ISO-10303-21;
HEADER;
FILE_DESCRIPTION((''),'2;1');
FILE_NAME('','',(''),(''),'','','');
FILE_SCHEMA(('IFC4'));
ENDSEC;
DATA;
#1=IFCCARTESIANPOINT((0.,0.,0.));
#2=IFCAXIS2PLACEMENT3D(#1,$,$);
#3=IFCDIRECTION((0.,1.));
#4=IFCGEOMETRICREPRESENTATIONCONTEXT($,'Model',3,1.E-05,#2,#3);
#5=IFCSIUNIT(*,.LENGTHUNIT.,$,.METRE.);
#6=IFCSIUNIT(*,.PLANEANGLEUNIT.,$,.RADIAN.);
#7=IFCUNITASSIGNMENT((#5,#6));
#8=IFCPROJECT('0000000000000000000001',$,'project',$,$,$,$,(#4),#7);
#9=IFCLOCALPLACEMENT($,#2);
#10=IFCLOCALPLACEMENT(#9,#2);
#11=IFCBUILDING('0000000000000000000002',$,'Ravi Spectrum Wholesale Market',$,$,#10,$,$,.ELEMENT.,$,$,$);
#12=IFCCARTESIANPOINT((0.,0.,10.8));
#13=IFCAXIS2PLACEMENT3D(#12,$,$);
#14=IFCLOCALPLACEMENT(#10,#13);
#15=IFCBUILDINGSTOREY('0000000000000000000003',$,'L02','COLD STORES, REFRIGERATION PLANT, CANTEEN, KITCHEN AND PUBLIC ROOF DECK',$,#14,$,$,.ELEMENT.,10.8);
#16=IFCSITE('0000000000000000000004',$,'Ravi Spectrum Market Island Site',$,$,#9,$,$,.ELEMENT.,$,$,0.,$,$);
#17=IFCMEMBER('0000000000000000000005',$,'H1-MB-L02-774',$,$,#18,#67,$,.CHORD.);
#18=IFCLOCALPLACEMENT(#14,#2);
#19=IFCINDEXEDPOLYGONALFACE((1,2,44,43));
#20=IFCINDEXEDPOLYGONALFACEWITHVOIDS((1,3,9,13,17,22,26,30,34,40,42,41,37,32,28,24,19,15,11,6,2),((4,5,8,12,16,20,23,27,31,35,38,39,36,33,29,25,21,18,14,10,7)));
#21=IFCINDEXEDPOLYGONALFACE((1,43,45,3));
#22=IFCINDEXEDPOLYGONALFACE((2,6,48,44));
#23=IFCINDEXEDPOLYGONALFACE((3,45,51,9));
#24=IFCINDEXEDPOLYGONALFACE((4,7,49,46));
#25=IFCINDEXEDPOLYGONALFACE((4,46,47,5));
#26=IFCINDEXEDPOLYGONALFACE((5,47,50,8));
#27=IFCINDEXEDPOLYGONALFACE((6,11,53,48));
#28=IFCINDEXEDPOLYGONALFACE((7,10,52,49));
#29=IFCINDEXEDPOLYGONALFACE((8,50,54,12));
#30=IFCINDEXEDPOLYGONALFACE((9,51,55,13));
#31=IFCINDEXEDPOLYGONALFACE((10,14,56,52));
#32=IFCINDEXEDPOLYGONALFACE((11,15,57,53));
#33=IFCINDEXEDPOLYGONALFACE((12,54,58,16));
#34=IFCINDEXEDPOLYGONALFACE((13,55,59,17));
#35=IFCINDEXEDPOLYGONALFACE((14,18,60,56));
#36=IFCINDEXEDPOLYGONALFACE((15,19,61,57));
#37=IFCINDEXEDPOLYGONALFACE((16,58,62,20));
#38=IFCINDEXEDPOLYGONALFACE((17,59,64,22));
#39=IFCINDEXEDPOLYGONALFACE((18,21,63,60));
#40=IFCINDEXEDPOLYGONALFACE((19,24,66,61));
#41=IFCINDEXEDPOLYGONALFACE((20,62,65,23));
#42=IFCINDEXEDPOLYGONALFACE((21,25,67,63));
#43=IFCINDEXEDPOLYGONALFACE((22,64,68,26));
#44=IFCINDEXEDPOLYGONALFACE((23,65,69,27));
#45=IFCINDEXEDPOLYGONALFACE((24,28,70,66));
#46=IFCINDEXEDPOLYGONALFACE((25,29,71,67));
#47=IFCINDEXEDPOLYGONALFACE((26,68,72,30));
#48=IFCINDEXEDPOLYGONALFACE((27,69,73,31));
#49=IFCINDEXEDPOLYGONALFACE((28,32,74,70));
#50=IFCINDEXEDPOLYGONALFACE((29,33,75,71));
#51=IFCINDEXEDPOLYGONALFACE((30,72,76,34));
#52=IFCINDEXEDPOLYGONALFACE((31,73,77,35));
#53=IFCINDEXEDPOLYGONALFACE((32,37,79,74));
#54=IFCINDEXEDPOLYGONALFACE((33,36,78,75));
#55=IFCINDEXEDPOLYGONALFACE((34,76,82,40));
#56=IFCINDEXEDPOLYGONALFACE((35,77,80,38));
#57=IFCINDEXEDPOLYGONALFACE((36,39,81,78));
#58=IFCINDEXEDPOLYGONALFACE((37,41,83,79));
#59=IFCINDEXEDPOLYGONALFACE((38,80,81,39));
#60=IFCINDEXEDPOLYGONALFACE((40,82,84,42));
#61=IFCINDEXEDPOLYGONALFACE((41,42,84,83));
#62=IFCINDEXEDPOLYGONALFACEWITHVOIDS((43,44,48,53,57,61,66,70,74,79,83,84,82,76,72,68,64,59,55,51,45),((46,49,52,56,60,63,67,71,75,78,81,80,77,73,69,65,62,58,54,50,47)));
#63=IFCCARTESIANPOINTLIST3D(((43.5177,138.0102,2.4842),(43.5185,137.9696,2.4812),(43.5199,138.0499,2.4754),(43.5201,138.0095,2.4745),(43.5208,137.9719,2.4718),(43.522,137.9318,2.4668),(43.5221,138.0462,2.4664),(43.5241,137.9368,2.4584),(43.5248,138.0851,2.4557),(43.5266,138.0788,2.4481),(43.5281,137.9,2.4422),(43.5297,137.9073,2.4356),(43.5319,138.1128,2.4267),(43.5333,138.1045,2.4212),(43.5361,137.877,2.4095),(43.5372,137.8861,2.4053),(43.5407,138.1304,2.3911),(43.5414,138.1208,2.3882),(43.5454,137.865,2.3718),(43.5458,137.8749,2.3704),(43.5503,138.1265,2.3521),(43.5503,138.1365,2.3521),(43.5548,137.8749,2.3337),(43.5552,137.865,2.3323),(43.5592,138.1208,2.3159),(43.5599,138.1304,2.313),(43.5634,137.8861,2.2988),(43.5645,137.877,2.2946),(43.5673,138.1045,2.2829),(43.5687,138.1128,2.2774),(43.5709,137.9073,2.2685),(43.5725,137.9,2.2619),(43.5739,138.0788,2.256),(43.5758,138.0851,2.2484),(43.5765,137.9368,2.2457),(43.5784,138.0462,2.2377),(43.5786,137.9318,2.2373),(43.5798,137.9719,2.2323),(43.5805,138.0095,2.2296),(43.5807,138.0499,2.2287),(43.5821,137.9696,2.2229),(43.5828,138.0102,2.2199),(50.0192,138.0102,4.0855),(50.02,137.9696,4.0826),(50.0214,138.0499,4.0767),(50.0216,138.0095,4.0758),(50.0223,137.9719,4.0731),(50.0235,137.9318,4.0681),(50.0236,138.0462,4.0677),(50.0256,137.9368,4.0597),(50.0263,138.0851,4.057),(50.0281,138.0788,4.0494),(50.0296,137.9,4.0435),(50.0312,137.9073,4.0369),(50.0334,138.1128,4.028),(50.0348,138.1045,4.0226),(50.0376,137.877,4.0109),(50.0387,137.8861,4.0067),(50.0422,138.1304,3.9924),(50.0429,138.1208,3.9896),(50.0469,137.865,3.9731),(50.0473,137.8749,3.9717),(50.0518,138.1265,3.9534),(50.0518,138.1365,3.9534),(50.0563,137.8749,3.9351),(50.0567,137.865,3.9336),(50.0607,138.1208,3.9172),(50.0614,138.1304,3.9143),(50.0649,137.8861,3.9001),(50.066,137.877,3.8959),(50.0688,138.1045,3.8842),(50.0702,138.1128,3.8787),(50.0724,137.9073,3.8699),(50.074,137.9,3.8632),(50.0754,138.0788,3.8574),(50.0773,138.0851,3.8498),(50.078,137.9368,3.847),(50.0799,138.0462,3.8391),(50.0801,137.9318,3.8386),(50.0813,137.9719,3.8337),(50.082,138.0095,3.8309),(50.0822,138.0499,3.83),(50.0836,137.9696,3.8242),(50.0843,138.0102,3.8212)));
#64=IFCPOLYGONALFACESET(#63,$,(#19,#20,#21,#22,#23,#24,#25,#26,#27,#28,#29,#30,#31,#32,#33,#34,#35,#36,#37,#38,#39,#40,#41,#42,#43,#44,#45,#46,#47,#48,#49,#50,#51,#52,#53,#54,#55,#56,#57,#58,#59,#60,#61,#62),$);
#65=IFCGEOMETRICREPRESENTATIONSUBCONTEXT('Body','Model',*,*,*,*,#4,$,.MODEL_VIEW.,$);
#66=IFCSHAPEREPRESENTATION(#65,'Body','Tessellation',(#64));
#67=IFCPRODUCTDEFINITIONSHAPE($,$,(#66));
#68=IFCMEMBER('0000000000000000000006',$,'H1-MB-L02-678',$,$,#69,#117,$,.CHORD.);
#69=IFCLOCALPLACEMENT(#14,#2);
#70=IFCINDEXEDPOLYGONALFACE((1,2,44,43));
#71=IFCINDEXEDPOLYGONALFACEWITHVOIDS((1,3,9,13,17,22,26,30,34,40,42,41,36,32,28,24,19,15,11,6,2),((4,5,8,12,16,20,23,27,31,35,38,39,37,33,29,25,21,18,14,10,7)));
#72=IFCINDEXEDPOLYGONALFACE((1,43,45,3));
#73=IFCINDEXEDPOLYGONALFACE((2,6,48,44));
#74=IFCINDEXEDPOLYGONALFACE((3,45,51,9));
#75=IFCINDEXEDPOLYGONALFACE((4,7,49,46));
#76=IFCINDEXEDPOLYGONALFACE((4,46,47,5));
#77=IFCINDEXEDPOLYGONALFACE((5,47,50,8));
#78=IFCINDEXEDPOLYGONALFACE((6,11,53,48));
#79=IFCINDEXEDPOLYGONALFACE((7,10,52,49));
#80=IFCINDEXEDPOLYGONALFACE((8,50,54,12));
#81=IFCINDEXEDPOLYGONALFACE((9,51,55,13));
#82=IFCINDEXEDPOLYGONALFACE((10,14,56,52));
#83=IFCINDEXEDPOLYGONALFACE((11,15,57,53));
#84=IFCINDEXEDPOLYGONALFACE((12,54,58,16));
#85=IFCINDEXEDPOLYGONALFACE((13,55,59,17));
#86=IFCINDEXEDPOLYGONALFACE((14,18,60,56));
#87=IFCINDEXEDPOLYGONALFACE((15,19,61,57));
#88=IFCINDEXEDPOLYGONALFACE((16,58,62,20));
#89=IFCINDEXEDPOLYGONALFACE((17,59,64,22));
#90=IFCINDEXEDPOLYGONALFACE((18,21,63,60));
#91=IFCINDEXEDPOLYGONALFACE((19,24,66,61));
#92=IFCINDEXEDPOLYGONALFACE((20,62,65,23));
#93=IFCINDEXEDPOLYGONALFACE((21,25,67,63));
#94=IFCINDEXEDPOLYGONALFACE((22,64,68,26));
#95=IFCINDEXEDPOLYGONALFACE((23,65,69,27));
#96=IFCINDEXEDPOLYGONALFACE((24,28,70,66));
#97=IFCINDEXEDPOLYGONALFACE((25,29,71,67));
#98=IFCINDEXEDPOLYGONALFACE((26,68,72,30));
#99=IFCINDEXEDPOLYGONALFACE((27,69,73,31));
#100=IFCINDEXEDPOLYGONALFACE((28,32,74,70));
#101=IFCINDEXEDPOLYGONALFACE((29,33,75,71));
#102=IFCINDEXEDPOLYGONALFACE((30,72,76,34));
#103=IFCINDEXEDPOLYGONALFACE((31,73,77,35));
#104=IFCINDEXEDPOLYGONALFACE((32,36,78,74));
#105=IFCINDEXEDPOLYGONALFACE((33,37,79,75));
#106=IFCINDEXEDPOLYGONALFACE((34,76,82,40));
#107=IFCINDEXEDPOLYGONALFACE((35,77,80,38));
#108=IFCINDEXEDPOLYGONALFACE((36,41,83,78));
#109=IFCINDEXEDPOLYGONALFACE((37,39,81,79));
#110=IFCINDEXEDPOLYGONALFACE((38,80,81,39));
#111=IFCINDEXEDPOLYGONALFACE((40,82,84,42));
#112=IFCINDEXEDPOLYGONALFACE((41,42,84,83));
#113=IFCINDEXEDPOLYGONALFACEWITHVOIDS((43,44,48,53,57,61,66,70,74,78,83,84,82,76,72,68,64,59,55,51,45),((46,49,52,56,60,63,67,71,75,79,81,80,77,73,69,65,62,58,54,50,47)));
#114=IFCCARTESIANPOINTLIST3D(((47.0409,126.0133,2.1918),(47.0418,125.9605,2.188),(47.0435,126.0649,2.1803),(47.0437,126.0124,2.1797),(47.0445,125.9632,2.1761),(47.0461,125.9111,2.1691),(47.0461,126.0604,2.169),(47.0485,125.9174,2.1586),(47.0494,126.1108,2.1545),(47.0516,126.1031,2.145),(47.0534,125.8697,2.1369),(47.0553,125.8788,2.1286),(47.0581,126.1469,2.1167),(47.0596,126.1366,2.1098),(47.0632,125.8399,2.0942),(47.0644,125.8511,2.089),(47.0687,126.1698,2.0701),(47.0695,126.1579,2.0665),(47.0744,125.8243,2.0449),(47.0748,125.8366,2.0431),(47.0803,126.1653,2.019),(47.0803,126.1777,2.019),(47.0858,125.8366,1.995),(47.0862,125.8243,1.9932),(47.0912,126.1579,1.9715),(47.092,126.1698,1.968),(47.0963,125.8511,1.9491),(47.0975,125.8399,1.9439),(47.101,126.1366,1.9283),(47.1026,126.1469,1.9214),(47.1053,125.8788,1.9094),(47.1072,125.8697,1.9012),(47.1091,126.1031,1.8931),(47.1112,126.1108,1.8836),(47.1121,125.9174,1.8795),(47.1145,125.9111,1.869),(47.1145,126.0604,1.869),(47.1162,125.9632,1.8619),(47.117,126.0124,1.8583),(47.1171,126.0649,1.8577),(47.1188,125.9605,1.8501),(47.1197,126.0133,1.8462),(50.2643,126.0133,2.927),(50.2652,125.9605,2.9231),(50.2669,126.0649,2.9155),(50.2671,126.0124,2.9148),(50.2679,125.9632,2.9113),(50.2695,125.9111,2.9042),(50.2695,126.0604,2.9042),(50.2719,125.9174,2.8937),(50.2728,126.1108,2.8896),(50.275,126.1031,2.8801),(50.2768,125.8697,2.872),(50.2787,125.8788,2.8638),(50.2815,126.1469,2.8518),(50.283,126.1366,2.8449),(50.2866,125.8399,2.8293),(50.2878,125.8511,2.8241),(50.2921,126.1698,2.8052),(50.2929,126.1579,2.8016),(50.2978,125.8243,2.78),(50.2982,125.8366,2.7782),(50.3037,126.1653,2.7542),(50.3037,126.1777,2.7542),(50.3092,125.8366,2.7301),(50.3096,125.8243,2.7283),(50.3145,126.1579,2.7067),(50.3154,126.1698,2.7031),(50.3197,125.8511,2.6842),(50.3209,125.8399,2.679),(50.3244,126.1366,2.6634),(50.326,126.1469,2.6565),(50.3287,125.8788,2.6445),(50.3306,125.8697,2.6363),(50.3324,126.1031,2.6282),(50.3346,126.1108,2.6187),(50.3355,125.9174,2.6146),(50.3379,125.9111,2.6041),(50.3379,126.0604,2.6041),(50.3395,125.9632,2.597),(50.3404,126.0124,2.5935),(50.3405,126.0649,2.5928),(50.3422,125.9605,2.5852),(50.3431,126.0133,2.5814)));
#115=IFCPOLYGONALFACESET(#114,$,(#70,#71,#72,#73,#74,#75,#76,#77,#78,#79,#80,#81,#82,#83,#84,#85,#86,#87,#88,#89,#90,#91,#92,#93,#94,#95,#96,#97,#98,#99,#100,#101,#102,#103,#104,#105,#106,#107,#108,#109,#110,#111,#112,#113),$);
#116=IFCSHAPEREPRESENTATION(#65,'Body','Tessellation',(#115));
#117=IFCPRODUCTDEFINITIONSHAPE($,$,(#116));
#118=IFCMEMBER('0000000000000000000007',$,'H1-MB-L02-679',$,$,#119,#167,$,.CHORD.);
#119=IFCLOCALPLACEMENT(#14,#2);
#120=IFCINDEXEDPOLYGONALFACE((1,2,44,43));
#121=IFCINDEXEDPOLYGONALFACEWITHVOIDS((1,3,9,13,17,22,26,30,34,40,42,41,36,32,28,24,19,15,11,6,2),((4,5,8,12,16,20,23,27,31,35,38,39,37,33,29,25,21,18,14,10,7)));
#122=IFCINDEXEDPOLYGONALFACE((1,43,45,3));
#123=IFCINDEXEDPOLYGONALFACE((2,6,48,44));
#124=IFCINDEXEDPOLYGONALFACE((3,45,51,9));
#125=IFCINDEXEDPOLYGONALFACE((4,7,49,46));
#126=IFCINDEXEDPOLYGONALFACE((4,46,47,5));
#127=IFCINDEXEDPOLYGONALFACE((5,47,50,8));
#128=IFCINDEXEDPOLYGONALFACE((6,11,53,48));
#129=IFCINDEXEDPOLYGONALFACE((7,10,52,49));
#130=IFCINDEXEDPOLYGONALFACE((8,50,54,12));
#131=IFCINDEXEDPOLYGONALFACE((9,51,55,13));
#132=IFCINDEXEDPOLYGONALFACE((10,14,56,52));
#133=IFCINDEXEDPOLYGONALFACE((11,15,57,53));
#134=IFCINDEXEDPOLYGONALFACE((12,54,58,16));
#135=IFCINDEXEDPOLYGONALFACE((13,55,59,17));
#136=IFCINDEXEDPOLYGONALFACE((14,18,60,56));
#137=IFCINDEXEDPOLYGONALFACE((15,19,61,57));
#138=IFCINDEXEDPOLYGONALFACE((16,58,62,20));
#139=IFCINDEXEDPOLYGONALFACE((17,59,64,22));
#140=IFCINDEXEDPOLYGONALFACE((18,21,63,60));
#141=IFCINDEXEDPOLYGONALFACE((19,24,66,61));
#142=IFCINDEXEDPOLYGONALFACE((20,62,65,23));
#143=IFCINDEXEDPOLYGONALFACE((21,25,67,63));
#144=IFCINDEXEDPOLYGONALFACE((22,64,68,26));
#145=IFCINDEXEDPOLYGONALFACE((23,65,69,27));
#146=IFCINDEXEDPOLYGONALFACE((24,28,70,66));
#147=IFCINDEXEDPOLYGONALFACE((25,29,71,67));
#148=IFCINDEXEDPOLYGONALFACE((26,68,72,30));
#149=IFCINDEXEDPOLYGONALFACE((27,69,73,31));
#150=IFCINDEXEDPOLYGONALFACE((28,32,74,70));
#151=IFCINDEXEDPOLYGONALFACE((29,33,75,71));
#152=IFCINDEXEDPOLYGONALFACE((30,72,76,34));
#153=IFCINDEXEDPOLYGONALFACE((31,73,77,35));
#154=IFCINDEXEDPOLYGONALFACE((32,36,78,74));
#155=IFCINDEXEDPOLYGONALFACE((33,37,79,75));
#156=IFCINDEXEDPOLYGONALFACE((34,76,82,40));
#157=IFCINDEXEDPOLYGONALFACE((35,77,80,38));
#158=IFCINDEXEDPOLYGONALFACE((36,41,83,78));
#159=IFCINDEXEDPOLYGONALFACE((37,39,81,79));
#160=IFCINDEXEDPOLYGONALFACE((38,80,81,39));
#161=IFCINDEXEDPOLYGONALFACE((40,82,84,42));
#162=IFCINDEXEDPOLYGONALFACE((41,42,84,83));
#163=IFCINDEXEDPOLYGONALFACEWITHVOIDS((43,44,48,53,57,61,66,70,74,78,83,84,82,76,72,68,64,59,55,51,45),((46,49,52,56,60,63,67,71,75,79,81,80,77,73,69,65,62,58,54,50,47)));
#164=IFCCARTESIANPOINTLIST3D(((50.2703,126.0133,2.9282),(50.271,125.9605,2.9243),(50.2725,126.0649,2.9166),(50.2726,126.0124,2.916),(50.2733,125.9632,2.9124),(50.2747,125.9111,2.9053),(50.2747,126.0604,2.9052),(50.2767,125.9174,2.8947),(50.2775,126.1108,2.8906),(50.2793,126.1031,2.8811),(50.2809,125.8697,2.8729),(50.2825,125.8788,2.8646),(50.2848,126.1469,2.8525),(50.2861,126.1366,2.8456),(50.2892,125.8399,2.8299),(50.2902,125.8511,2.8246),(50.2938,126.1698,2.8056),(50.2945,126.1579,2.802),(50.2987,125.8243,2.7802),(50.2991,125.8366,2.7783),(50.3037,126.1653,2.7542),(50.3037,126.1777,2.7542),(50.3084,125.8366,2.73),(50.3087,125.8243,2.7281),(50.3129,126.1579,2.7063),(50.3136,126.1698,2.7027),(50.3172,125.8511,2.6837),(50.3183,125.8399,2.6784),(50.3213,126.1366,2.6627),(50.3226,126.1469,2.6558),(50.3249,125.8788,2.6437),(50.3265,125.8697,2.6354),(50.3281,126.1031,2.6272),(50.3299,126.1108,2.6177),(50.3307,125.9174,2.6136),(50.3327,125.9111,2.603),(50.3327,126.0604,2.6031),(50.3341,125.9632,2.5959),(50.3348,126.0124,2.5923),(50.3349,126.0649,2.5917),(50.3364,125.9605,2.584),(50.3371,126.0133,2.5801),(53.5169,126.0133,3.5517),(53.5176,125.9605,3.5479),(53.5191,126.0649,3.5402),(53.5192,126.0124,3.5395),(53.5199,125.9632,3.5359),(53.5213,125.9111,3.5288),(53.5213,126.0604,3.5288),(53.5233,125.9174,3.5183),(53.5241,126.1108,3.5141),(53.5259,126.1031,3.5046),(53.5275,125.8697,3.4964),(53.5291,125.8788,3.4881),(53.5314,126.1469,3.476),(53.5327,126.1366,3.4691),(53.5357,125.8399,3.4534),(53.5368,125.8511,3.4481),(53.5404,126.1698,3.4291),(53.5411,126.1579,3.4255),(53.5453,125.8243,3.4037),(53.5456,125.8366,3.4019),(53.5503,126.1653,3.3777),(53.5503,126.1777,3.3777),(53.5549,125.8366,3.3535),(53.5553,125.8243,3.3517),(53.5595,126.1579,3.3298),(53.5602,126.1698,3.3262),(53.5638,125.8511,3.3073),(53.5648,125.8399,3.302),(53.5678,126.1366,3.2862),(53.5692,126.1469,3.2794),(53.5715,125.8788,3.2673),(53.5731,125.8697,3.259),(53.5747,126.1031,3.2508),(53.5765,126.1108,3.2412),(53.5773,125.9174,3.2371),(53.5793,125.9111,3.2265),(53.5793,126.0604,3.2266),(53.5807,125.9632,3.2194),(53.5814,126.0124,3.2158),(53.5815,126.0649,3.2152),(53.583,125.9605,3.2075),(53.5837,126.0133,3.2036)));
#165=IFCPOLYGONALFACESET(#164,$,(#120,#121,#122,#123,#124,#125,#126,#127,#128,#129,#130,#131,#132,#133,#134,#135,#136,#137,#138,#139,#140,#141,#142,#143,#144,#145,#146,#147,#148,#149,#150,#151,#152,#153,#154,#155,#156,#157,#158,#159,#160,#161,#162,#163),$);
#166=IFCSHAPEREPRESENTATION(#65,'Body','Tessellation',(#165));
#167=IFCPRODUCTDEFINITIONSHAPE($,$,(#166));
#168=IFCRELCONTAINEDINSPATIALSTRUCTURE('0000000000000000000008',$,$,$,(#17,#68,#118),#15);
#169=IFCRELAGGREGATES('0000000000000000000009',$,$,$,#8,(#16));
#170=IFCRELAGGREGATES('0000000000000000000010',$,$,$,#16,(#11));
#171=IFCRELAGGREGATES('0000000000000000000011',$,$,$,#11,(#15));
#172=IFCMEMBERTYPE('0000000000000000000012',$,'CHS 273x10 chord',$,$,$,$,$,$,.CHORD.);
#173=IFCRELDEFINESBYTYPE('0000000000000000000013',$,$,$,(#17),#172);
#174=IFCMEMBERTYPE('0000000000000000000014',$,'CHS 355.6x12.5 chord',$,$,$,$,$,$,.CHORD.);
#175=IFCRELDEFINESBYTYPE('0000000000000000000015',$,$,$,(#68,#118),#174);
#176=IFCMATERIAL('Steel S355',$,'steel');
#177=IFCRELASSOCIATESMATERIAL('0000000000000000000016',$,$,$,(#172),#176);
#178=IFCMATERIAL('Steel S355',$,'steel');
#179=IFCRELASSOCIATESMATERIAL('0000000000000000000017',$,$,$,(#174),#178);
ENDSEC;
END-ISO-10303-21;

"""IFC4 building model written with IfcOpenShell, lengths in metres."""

from ifc_helpers import new_model, si_unit, direction, frame, origin, origin_2d, place, context, subcontext, project, spatial, hollow_circle, extrude, material, material_profile, profile_set, type_object, element, save


model = new_model("IFC4")

# Units and contexts
model_context = context("Model", 3, precision=1e-05, world=origin(), true_north=direction((0.0, 1.0)))
body_context = subcontext(model_context, "Body", "Model", "MODEL_VIEW")
ifc_project = project(units=[si_unit("LENGTHUNIT", "METRE"), si_unit("PLANEANGLEUNIT", "RADIAN")], contexts=[model_context])

# Site, building, storey
site_placement = place(None, origin())
site = spatial("IfcSite", under=ifc_project, at=site_placement, Name="Ravi Spectrum Market Island Site", CompositionType="ELEMENT", RefElevation=0.0)
building_placement = place(site_placement, origin())
building = spatial("IfcBuilding", under=site, at=building_placement, Name="Ravi Spectrum Wholesale Market", CompositionType="ELEMENT")
storey_placement = place(building_placement, frame((0.0, 0.0, 10.8)))
storey = spatial("IfcBuildingStorey", under=building, at=storey_placement, Name="L02", Description="COLD STORES, REFRIGERATION PLANT, CANTEEN, KITCHEN AND PUBLIC ROOF DECK", CompositionType="ELEMENT", Elevation=10.8)

# Members
ifc_material_1 = material(Name="Steel S355", Category="steel")
ifc_material_profile_1 = material_profile(ifc_material_1, hollow_circle(Radius=0.1365, WallThickness=0.01, at=origin_2d()))
ifc_profile_set_1 = profile_set([ifc_material_profile_1], Name="Steel S355")
member_type_1 = type_object("IfcMemberType", Name="CHS 273x10 chord", PredefinedType="CHORD", material=ifc_profile_set_1)
member_1_placement = place(storey_placement, frame((43.5503, 138.0, 2.3521), z_axis=(0.970982, 0.0, 0.239154), x_axis=(0.0, 1.0, 0.0)))
element("IfcMember", 1, at=member_1_placement, inside=storey, type_object=member_type_1, Name="H1-MB-L02-774", PredefinedType="CHORD", context=body_context, shape_type="SweptSolid", body=[
    extrude(hollow_circle(Radius=0.1365, WallThickness=0.01, at=origin_2d()), origin(), (0.0, 0.0, 1.0), 6.6958),
])
ifc_material_2 = material(Name="Steel S355", Category="steel")
ifc_material_profile_2 = material_profile(ifc_material_2, hollow_circle(Radius=0.1777, WallThickness=0.0125, at=origin_2d()))
ifc_profile_set_2 = profile_set([ifc_material_profile_2], Name="Steel S355")
member_type_2 = type_object("IfcMemberType", Name="CHS 355.6x12.5 chord", PredefinedType="CHORD", material=ifc_profile_set_2)
member_2_placement = place(storey_placement, frame((47.0803, 126.0, 2.019), z_axis=(0.974968, 0.0, 0.222346), x_axis=(0.0, 1.0, 0.0)))
element("IfcMember", 2, at=member_2_placement, inside=storey, type_object=member_type_2, Name="H1-MB-L02-678", PredefinedType="CHORD", context=body_context, shape_type="SweptSolid", body=[
    extrude(hollow_circle(Radius=0.1777, WallThickness=0.0125, at=origin_2d()), origin(), (0.0, 0.0, 1.0), 3.3062),
])
member_3_placement = place(storey_placement, frame((50.3037, 126.0, 2.7542), z_axis=(0.982052, 0.0, 0.188612), x_axis=(0.0, 1.0, 0.0)))
element("IfcMember", 3, at=member_3_placement, inside=storey, type_object=member_type_2, Name="H1-MB-L02-679", PredefinedType="CHORD", context=body_context, shape_type="SweptSolid", body=[
    extrude(hollow_circle(Radius=0.1777, WallThickness=0.0125, at=origin_2d()), origin(), (0.0, 0.0, 1.0), 3.3059),
])

save(model, "model.ifc")
